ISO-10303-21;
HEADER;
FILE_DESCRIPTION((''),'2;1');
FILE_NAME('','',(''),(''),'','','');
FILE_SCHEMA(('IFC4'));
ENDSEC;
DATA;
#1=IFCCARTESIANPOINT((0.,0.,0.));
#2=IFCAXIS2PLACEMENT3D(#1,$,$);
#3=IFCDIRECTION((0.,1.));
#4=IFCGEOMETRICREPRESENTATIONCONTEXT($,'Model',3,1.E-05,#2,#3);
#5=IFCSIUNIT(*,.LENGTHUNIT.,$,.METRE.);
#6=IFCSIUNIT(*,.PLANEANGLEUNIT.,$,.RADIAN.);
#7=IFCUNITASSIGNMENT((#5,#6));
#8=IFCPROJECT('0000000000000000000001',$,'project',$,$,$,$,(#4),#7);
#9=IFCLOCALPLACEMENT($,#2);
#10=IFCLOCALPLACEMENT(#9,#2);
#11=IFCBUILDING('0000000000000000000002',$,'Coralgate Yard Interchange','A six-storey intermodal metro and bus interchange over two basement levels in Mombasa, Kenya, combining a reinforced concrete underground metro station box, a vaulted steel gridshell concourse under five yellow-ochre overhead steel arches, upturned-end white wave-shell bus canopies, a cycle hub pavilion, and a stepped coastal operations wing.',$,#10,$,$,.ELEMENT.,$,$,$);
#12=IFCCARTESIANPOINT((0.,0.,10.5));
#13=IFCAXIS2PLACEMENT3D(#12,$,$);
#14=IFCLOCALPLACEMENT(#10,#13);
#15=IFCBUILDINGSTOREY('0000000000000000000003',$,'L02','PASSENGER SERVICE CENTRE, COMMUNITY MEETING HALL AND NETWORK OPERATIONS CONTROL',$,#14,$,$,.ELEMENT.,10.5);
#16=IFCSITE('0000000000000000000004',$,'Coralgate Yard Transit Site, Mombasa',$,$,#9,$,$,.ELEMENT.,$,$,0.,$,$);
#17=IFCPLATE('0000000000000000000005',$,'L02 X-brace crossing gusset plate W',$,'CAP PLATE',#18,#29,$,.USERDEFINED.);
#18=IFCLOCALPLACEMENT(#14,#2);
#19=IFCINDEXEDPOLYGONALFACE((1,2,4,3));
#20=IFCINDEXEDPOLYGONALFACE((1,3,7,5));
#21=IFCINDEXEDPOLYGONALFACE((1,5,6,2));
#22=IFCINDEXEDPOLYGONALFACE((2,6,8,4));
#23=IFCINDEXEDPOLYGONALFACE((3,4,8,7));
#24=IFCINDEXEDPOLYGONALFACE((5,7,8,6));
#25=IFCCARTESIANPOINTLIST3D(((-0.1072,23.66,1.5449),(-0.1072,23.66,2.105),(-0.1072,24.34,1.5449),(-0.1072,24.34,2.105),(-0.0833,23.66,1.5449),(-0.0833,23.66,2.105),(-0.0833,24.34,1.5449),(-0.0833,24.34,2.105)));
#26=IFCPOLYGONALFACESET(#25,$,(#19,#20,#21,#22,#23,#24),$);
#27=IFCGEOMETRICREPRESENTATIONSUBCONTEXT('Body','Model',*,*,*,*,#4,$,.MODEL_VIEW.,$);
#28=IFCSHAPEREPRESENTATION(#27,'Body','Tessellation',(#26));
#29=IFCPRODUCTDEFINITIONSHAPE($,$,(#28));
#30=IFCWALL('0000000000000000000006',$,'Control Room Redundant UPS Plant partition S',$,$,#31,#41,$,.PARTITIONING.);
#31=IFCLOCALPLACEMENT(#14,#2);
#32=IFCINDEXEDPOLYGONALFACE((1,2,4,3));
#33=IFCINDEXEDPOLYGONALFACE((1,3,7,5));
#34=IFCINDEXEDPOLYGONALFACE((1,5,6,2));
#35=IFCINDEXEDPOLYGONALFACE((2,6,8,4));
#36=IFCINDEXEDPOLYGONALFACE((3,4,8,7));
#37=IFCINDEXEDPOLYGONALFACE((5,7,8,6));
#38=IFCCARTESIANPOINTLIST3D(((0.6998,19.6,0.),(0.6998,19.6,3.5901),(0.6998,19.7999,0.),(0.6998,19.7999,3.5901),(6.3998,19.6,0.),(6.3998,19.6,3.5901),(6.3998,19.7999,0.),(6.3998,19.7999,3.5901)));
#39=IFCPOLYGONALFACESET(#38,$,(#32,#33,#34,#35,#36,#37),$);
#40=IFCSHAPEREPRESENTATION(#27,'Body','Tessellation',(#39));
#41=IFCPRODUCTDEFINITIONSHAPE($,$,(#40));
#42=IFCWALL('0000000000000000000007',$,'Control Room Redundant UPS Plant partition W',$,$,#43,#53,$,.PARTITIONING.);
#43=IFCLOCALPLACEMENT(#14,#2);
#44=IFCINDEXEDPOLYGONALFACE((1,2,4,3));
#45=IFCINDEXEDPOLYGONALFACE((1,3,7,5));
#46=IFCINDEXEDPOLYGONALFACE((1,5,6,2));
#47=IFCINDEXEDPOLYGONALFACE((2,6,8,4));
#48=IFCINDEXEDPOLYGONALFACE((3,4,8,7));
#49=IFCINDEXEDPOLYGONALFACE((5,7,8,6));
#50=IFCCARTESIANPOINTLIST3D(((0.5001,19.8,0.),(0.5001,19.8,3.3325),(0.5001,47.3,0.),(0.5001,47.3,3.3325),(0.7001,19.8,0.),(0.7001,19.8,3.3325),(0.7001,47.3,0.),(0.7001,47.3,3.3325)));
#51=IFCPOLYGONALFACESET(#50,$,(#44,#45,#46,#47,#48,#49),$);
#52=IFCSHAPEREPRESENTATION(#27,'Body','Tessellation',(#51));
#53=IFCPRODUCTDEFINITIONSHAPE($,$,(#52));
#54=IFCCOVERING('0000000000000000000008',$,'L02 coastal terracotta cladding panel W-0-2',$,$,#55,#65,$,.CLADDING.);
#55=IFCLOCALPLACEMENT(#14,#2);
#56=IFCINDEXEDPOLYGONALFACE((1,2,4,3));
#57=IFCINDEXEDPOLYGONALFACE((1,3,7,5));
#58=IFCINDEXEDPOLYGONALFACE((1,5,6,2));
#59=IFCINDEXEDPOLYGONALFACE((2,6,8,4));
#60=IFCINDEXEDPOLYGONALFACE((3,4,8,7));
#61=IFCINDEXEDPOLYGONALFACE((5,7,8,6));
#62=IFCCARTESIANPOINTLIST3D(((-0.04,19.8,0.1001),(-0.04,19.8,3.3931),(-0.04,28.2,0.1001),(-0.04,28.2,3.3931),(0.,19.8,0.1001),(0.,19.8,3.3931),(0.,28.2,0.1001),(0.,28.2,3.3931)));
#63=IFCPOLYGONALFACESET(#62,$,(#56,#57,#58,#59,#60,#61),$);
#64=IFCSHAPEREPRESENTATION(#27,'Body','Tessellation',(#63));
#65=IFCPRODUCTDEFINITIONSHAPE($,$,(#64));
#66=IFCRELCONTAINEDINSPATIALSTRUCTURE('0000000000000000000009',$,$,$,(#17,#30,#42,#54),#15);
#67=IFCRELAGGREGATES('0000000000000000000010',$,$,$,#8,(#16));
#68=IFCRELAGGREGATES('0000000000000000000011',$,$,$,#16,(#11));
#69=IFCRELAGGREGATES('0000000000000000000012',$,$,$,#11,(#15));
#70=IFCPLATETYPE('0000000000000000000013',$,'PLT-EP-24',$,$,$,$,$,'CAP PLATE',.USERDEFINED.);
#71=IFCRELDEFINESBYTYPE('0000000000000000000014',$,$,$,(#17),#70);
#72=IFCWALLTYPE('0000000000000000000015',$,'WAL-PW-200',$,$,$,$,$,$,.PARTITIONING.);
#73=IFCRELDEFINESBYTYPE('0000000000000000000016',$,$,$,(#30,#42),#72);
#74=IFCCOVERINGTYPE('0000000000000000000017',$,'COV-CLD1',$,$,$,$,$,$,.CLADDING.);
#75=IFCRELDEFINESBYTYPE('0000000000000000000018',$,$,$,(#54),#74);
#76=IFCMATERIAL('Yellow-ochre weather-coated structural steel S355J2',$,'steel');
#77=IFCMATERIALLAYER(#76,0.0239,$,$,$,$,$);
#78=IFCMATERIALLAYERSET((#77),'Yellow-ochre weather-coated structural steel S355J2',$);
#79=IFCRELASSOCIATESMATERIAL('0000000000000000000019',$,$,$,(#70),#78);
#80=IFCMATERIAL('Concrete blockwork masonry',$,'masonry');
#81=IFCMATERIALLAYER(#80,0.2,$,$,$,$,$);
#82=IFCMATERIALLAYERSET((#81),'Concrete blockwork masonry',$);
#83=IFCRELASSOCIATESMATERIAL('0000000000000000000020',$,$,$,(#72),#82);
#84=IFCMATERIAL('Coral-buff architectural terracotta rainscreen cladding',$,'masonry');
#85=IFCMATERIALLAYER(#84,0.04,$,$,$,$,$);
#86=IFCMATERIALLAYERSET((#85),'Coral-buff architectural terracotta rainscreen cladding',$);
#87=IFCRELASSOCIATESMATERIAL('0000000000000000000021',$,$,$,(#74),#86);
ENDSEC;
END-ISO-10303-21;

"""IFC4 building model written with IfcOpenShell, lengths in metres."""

from ifc_helpers import new_model, si_unit, direction, frame, frame_2d, origin, origin_2d, place, context, subcontext, project, spatial, rectangle, extrude, material, layer, layer_set, type_object, element, save


model = new_model("IFC4")

# Units and contexts
model_context = context("Model", 3, precision=1e-05, world=origin(), true_north=direction((0.0, 1.0)))
body_context = subcontext(model_context, "Body", "Model", "MODEL_VIEW")
ifc_project = project(units=[si_unit("LENGTHUNIT", "METRE"), si_unit("PLANEANGLEUNIT", "RADIAN")], contexts=[model_context])

# Site, building, storey
site_placement = place(None, origin())
site = spatial("IfcSite", under=ifc_project, at=site_placement, Name="Coralgate Yard Transit Site, Mombasa", CompositionType="ELEMENT", RefElevation=0.0)
building_placement = place(site_placement, origin())
building = spatial("IfcBuilding", under=site, at=building_placement, Name="Coralgate Yard Interchange", Description="A six-storey intermodal metro and bus interchange over two basement levels in Mombasa, Kenya, combining a reinforced concrete underground metro station box, a vaulted steel gridshell concourse under five yellow-ochre overhead steel arches, upturned-end white wave-shell bus canopies, a cycle hub pavilion, and a stepped coastal operations wing.", CompositionType="ELEMENT")
storey_placement = place(building_placement, frame((0.0, 0.0, 10.5)))
storey = spatial("IfcBuildingStorey", under=building, at=storey_placement, Name="L02", Description="PASSENGER SERVICE CENTRE, COMMUNITY MEETING HALL AND NETWORK OPERATIONS CONTROL", CompositionType="ELEMENT", Elevation=10.5)

# Plate
ifc_material_1 = material(Name="Yellow-ochre weather-coated structural steel S355J2", Category="steel")
ifc_layer_1 = layer(ifc_material_1, 0.0239)
ifc_layer_set_1 = layer_set([ifc_layer_1], Name="Yellow-ochre weather-coated structural steel S355J2")
plate_type_1 = type_object("IfcPlateType", Name="PLT-EP-24", ElementType="CAP PLATE", PredefinedType="USERDEFINED", material=ifc_layer_set_1)
plate_1_placement = place(storey_placement, frame((-0.0952, 24.0, 1.5449), z_axis=(0.0, 0.0, 1.0), x_axis=(0.0, 1.0, 0.0)))
element("IfcPlate", 1, at=plate_1_placement, inside=storey, type_object=plate_type_1, Name="L02 X-brace crossing gusset plate W", ObjectType="CAP PLATE", PredefinedType="USERDEFINED", context=body_context, shape_type="SweptSolid", body=[
    extrude(rectangle(XDim=0.6799, YDim=0.0239, at=origin_2d()), origin(), (0.0, 0.0, 1.0), 0.5601),
])

# Walls
ifc_material_2 = material(Name="Concrete blockwork masonry", Category="masonry")
ifc_layer_2 = layer(ifc_material_2, 0.2)
ifc_layer_set_2 = layer_set([ifc_layer_2], Name="Concrete blockwork masonry")
wall_type = type_object("IfcWallType", Name="WAL-PW-200", PredefinedType="PARTITIONING", material=ifc_layer_set_2)
wall_1_placement = place(storey_placement, frame((6.3999, 19.7, 0.0), z_axis=(0.0, 0.0, 1.0), x_axis=(-1.0, 0.0, 0.0)))
element("IfcWall", 2, at=wall_1_placement, inside=storey, type_object=wall_type, Name="Control Room Redundant UPS Plant partition S", PredefinedType="PARTITIONING", context=body_context, shape_type="SweptSolid", body=[
    extrude(rectangle(XDim=5.7, YDim=0.2, at=frame_2d((2.8501, 0.0))), origin(), (0.0, 0.0, 1.0), 3.5901),
])
wall_2_placement = place(storey_placement, frame((0.6001, 19.8, 0.0), z_axis=(0.0, 0.0, 1.0), x_axis=(0.0, 1.0, 0.0)))
element("IfcWall", 3, at=wall_2_placement, inside=storey, type_object=wall_type, Name="Control Room Redundant UPS Plant partition W", PredefinedType="PARTITIONING", context=body_context, shape_type="SweptSolid", body=[
    extrude(rectangle(XDim=27.5, YDim=0.2, at=frame_2d((13.75, 0.0))), origin(), (0.0, 0.0, 1.0), 3.3325),
])

# Covering
ifc_material_3 = material(Name="Coral-buff architectural terracotta rainscreen cladding", Category="masonry")
ifc_layer_3 = layer(ifc_material_3, 0.04)
ifc_layer_set_3 = layer_set([ifc_layer_3], Name="Coral-buff architectural terracotta rainscreen cladding")
covering_type = type_object("IfcCoveringType", Name="COV-CLD1", PredefinedType="CLADDING", material=ifc_layer_set_3)
covering_placement = place(storey_placement, frame((-0.02, 24.0, 0.1001), z_axis=(0.0, 0.0, 1.0), x_axis=(0.0, 1.0, 0.0)))
element("IfcCovering", 4, at=covering_placement, inside=storey, type_object=covering_type, Name="L02 coastal terracotta cladding panel W-0-2", PredefinedType="CLADDING", context=body_context, shape_type="SweptSolid", body=[
    extrude(rectangle(XDim=8.3999, YDim=0.04, at=origin_2d()), origin(), (0.0, 0.0, 1.0), 3.293),
])

save(model, "model.ifc")
